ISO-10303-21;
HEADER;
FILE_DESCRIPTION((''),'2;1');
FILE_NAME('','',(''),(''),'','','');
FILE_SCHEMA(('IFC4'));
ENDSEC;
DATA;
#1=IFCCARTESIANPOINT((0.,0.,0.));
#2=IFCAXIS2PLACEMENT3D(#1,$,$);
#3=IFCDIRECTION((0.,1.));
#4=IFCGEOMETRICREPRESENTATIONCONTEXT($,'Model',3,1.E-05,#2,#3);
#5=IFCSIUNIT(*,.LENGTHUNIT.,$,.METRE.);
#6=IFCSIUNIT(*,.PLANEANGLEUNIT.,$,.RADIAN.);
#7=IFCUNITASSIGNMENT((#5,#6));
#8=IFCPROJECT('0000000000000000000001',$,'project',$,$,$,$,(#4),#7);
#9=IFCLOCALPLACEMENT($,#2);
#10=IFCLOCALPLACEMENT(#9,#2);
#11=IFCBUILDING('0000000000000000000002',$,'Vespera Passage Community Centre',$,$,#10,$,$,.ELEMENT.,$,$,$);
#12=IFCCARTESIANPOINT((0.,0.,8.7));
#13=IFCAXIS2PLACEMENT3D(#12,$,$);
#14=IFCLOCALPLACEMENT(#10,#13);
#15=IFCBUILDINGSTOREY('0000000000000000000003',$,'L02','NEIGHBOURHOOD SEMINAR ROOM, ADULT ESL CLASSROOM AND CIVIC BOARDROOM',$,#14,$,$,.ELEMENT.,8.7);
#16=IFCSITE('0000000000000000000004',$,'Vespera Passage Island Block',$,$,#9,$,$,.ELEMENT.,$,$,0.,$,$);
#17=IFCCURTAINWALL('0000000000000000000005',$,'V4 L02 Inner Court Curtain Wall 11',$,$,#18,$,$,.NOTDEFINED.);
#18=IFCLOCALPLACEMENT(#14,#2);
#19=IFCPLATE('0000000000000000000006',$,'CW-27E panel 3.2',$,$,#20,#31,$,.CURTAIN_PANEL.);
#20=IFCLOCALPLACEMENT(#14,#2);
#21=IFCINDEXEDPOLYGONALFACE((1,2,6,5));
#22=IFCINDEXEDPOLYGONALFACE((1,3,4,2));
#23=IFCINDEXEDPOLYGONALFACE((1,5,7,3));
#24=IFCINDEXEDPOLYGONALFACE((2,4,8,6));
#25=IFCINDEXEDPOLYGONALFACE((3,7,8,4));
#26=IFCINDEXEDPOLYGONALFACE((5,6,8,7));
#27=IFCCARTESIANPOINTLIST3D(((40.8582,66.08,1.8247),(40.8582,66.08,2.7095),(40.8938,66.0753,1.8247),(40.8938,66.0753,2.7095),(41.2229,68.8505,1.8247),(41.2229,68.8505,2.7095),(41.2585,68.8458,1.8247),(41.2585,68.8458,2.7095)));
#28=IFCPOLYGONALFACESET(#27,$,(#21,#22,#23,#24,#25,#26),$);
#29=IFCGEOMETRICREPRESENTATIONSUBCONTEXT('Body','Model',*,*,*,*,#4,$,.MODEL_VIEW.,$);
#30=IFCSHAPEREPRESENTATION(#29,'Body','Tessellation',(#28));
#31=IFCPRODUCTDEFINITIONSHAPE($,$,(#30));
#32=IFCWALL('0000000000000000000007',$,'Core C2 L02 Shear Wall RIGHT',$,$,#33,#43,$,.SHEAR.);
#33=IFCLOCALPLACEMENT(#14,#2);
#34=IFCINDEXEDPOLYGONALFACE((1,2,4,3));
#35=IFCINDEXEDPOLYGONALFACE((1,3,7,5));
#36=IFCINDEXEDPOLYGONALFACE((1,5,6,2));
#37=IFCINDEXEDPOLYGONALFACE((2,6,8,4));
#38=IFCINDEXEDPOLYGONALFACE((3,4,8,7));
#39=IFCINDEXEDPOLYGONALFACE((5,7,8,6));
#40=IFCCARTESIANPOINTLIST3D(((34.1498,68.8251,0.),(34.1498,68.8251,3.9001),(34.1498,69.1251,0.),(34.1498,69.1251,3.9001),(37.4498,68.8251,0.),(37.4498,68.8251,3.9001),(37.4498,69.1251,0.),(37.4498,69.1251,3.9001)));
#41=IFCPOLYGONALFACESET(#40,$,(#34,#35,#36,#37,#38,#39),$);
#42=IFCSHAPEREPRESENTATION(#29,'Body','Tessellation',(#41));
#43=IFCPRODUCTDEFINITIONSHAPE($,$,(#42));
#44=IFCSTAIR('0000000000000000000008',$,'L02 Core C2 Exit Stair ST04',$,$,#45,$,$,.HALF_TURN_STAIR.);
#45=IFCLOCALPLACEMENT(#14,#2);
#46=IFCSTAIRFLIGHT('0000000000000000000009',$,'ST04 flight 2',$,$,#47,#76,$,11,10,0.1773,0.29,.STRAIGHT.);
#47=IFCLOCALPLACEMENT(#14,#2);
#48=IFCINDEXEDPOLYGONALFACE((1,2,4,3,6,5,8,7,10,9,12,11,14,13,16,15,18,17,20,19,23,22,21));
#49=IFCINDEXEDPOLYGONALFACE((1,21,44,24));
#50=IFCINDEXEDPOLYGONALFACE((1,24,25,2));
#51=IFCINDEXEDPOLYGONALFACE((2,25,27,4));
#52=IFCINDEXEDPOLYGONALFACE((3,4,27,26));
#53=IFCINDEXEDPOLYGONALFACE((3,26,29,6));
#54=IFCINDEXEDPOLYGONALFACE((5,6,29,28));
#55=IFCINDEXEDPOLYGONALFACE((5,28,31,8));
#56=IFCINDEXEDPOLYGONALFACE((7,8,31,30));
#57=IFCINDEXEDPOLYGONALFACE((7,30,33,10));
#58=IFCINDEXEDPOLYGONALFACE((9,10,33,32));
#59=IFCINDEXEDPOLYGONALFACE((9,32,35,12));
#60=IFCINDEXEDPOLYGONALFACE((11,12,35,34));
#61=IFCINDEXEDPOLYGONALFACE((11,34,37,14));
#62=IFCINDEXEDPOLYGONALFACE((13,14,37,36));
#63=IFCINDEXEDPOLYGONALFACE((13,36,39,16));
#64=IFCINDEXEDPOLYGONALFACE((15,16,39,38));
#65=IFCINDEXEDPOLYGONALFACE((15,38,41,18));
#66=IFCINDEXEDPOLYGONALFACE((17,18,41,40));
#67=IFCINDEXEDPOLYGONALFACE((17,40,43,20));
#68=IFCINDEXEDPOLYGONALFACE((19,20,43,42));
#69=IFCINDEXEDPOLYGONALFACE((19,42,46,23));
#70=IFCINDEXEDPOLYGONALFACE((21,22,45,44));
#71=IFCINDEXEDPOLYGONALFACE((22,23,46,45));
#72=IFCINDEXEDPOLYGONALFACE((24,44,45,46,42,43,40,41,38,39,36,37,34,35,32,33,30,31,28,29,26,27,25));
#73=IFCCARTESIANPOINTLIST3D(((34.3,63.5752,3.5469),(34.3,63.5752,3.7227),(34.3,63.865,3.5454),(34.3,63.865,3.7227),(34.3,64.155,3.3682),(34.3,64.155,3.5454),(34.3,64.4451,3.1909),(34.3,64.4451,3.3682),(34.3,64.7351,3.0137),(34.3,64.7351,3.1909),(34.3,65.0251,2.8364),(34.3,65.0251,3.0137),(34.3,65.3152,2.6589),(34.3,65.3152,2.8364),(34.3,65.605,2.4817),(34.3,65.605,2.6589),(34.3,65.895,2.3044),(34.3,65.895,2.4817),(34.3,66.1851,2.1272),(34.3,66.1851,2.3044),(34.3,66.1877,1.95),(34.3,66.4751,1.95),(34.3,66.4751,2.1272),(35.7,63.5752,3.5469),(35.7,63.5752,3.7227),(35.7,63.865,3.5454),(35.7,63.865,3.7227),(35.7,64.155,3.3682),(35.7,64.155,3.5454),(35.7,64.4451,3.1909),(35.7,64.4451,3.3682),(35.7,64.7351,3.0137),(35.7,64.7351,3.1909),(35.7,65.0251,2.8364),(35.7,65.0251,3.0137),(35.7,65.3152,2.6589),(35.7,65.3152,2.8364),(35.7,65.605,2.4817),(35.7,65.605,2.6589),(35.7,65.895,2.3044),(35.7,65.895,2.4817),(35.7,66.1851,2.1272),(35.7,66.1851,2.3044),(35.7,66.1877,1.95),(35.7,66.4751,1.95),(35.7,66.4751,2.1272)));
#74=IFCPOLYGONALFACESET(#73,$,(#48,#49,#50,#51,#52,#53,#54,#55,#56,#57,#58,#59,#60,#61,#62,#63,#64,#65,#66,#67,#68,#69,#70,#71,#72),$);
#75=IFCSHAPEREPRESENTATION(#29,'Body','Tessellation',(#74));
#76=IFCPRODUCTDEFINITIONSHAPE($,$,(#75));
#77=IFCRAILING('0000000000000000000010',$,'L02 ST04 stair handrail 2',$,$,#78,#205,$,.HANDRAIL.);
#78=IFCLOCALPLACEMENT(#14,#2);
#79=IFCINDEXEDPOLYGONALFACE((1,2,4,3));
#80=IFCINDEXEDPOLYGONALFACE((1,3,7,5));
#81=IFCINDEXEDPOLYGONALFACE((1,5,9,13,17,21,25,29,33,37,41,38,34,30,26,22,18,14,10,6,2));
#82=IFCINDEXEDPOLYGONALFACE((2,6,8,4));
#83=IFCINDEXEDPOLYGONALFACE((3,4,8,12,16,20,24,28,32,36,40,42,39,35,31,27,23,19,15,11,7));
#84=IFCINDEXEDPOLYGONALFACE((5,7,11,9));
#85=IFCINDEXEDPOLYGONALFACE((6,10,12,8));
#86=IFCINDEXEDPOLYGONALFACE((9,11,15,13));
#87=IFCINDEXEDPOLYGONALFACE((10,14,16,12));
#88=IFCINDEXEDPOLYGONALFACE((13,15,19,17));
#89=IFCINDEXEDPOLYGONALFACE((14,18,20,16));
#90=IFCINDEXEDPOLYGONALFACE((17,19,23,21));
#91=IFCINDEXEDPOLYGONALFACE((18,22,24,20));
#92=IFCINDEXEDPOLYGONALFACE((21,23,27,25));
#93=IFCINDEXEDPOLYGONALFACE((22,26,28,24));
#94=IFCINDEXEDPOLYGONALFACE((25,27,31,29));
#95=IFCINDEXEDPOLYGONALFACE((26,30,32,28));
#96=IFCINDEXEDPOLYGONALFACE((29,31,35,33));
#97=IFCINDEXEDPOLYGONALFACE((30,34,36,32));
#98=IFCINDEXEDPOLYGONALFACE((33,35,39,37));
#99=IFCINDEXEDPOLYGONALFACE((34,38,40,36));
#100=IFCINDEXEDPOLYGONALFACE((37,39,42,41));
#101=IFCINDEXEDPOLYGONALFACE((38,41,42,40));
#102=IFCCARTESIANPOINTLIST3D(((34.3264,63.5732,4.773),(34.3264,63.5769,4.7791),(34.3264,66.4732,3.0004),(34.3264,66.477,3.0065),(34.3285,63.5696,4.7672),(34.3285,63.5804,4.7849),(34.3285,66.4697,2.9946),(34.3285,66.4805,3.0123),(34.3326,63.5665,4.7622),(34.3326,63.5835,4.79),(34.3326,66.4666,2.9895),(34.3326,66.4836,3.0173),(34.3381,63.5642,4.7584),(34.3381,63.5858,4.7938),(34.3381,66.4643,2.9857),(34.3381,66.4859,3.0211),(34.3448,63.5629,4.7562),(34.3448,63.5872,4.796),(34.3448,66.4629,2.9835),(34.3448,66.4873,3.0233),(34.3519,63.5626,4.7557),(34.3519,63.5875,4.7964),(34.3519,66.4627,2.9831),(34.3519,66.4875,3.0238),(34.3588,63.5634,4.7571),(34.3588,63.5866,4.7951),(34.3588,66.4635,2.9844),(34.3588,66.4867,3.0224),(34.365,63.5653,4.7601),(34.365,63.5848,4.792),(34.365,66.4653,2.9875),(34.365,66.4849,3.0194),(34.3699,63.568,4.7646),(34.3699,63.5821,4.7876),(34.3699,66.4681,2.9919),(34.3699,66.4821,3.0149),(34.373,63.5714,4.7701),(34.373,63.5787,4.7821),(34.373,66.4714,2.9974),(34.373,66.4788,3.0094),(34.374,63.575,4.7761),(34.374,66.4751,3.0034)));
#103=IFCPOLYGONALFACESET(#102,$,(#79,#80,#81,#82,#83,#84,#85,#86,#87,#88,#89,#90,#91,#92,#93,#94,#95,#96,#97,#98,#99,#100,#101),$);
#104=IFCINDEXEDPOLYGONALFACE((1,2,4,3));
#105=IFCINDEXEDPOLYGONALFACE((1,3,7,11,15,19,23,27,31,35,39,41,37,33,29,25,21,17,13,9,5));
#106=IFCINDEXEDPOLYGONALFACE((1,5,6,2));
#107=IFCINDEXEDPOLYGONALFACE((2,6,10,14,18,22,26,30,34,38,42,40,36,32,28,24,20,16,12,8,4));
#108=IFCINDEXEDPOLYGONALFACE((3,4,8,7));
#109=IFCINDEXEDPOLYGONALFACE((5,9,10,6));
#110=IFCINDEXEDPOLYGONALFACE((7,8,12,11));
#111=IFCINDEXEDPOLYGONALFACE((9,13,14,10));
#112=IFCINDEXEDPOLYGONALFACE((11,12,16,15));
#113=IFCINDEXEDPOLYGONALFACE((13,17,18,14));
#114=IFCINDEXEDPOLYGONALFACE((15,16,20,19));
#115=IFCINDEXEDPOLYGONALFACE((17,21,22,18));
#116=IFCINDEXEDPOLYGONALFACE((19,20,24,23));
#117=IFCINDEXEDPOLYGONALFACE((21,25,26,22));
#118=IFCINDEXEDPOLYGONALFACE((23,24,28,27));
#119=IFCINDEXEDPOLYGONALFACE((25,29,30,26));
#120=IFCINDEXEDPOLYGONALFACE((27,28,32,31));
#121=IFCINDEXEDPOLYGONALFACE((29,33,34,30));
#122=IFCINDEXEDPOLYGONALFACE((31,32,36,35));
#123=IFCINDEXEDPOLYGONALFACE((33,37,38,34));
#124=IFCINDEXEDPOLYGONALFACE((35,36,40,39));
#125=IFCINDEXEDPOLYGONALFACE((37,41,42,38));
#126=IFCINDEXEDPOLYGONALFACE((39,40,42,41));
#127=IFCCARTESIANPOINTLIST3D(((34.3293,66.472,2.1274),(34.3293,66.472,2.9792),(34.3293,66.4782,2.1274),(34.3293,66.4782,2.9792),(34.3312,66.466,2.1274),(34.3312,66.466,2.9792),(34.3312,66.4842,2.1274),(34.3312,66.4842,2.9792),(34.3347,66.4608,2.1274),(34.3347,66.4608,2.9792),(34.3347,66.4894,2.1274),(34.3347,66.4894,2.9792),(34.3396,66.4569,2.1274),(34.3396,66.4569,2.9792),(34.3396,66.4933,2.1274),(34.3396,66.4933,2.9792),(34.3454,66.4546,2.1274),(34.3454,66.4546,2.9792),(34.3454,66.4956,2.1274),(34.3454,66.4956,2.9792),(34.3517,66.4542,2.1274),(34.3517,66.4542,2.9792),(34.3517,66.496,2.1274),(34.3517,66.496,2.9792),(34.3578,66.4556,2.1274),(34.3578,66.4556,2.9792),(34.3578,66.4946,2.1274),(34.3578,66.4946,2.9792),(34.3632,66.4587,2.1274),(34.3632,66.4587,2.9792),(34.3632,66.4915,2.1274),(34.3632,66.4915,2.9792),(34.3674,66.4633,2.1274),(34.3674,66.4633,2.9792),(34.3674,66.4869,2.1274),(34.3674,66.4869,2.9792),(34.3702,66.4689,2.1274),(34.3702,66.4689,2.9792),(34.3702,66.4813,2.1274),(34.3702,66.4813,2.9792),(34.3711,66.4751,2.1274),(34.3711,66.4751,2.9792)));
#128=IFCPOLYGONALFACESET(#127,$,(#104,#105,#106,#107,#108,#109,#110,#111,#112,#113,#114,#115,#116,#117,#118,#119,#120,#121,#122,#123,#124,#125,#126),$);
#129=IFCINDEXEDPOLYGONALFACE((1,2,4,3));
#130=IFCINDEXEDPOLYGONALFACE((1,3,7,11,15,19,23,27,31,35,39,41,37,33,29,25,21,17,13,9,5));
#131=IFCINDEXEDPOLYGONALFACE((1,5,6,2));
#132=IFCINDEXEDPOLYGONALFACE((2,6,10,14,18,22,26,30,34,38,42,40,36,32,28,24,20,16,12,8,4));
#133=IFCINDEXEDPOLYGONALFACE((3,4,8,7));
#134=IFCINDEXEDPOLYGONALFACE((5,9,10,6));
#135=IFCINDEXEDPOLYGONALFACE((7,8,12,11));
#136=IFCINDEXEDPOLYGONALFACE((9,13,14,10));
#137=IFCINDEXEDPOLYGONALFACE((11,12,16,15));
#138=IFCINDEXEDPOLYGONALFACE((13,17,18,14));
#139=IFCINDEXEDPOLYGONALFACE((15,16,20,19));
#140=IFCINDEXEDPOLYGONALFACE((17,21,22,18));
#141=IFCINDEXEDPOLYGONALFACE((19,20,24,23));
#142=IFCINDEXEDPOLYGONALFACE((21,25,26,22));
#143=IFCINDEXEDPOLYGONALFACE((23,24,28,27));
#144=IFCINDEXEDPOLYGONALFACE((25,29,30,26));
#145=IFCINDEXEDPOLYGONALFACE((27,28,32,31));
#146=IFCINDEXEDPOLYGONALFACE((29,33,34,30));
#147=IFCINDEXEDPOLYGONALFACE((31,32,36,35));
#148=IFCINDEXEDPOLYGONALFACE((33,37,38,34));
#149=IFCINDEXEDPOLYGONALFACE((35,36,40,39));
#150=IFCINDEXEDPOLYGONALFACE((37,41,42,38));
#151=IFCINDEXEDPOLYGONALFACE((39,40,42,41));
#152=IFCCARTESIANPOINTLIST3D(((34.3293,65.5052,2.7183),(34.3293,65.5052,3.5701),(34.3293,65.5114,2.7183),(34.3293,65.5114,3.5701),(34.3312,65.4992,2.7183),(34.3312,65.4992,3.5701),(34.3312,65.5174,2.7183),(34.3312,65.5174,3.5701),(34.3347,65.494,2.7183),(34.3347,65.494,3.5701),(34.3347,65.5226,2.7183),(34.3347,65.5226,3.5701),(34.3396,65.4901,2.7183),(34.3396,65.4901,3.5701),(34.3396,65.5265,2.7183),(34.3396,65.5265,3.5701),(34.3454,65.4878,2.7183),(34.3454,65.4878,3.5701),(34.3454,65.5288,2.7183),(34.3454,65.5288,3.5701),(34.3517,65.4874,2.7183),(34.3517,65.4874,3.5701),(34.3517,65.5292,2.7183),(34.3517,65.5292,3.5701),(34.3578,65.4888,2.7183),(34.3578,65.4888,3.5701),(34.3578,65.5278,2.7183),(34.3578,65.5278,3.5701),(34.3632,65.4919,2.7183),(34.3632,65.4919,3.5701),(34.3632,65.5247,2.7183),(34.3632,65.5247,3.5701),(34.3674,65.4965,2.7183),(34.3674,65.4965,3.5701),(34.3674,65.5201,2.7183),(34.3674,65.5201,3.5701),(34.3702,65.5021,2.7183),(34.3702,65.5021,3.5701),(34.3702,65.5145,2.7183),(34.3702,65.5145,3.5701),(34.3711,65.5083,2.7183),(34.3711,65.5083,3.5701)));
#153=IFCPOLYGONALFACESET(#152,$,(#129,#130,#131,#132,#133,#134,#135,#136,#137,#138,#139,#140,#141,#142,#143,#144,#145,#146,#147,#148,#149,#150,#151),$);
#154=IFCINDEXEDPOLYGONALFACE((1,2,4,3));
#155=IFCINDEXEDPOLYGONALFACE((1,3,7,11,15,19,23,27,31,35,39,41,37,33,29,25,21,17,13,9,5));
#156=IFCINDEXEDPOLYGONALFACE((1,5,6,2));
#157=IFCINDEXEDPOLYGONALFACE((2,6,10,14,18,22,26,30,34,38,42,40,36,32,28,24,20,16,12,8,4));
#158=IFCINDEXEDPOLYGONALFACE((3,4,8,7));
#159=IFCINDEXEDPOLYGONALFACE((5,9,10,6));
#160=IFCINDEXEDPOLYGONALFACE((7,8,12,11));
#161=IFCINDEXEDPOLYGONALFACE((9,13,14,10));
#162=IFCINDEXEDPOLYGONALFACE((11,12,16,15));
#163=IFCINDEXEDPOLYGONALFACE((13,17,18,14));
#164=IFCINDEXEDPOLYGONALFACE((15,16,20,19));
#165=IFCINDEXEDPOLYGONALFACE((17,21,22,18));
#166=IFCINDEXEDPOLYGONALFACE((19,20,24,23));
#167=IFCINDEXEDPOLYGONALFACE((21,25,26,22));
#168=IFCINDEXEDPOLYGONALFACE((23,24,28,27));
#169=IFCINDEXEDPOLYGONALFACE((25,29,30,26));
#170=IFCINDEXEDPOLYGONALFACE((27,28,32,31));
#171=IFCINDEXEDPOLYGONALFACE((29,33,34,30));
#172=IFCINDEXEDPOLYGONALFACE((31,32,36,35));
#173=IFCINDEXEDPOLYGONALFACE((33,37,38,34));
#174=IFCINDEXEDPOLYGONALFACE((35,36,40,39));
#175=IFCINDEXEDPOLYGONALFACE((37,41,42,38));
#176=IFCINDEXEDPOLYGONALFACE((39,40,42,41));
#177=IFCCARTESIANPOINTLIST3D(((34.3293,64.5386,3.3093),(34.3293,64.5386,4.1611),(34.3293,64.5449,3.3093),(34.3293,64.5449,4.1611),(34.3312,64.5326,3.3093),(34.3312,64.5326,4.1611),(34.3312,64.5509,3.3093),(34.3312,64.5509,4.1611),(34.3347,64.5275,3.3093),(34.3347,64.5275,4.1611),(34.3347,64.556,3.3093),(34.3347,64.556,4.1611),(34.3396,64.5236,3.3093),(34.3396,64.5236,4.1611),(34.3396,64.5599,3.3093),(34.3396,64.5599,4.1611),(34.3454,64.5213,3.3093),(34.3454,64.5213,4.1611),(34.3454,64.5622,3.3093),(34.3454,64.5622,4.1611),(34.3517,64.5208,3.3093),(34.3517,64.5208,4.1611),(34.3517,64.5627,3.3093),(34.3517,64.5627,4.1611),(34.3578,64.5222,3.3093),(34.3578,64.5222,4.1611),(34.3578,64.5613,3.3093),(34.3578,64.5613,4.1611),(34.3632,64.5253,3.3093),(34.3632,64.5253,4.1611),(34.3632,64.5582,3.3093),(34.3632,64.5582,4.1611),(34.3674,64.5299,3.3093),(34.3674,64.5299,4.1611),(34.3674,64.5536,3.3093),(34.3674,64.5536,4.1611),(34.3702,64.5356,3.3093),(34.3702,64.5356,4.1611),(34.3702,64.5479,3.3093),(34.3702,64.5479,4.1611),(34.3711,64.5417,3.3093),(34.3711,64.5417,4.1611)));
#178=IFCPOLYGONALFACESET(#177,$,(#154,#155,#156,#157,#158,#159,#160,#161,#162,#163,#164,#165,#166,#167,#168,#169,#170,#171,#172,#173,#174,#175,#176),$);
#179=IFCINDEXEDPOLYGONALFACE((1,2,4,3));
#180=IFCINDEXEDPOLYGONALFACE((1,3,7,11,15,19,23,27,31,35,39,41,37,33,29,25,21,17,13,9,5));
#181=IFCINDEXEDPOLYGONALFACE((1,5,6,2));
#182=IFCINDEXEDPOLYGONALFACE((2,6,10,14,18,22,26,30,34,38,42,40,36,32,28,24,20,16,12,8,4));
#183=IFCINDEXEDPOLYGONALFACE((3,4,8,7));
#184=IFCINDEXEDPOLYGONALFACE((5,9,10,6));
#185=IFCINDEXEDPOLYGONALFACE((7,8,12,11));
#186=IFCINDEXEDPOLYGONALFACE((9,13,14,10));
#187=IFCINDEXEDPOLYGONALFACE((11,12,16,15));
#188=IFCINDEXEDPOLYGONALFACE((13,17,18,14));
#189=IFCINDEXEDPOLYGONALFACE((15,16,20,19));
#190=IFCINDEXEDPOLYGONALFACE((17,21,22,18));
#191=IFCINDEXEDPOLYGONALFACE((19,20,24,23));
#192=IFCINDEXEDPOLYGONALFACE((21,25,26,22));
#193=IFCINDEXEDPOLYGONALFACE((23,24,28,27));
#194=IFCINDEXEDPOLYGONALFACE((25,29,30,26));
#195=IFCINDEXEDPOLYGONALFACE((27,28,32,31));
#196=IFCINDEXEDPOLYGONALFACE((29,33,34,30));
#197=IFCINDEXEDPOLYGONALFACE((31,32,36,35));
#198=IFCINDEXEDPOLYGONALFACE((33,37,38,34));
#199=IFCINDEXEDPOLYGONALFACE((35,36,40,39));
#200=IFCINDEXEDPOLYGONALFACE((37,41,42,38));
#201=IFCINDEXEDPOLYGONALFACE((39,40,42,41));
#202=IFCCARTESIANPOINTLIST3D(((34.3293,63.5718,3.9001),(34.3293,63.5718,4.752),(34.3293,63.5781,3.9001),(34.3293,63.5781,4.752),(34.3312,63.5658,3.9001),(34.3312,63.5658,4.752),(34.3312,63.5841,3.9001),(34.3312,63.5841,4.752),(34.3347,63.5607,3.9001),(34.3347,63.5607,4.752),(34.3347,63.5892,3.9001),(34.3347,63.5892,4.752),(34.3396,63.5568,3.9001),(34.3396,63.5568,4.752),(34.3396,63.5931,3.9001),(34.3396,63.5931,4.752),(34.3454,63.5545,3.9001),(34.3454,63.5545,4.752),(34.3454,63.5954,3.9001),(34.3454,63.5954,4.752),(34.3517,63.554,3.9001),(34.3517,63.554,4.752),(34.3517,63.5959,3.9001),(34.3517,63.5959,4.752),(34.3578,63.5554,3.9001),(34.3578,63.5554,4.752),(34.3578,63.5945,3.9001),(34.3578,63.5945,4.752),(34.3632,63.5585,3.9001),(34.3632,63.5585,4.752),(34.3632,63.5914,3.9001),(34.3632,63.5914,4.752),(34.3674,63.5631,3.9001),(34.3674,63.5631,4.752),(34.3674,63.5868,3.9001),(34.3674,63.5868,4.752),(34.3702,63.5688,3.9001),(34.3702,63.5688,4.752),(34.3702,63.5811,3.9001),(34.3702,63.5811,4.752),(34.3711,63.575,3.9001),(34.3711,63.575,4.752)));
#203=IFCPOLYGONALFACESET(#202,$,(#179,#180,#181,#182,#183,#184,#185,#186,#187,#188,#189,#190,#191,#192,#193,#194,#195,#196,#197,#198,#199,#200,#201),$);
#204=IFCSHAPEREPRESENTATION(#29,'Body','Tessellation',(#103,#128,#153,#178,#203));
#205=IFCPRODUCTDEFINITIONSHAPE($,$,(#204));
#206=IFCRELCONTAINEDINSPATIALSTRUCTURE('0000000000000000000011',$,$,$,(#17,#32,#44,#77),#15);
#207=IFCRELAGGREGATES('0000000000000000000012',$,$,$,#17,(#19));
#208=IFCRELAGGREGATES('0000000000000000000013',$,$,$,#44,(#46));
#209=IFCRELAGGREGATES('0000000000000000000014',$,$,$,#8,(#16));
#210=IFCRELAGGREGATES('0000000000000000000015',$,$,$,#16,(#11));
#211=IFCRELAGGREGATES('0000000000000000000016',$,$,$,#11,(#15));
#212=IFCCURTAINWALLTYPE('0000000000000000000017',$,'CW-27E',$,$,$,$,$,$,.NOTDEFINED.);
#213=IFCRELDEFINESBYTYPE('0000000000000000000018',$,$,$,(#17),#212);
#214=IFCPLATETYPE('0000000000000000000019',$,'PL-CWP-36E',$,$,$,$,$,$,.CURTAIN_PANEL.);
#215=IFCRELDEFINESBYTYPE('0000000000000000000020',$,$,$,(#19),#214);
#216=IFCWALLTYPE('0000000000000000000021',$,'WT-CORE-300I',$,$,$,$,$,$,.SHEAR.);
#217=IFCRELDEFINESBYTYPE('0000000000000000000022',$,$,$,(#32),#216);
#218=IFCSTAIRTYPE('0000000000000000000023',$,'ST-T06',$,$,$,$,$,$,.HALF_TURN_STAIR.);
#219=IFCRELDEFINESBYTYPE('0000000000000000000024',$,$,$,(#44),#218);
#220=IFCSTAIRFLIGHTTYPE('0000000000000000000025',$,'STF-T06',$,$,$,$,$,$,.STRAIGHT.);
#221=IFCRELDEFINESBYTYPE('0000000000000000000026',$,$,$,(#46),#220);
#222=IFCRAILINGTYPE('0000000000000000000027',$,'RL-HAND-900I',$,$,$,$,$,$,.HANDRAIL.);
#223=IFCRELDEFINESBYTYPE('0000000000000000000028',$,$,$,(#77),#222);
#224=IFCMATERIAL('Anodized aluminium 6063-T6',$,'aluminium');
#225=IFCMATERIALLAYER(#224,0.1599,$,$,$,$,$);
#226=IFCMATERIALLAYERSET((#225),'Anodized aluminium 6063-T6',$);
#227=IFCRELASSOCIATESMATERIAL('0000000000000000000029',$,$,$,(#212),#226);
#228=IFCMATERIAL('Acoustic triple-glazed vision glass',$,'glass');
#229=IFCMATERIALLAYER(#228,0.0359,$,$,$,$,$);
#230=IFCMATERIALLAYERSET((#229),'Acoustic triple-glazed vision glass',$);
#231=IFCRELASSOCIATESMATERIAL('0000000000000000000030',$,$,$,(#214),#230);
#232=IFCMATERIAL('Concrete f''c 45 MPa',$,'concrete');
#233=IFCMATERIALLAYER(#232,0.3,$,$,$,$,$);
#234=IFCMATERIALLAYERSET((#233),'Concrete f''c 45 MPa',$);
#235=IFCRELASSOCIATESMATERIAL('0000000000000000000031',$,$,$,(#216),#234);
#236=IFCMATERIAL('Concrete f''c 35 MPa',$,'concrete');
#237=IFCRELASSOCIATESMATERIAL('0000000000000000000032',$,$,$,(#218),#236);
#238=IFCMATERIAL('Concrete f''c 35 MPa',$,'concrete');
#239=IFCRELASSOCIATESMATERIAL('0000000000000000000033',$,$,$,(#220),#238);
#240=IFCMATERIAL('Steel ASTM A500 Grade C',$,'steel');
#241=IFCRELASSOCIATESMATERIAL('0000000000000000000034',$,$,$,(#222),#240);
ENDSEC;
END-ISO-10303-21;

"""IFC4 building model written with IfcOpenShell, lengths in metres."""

from ifc_helpers import new_model, si_unit, direction, frame, frame_2d, origin, origin_2d, place, context, subcontext, project, spatial, polyline, rectangle, circle, outline, extrude, material, layer, layer_set, type_object, element, aggregate, save


model = new_model("IFC4")

# Units and contexts
model_context = context("Model", 3, precision=1e-05, world=origin(), true_north=direction((0.0, 1.0)))
body_context = subcontext(model_context, "Body", "Model", "MODEL_VIEW")
ifc_project = project(units=[si_unit("LENGTHUNIT", "METRE"), si_unit("PLANEANGLEUNIT", "RADIAN")], contexts=[model_context])

# Site, building, storey
site_placement = place(None, origin())
site = spatial("IfcSite", under=ifc_project, at=site_placement, Name="Vespera Passage Island Block", CompositionType="ELEMENT", RefElevation=0.0)
building_placement = place(site_placement, origin())
building = spatial("IfcBuilding", under=site, at=building_placement, Name="Vespera Passage Community Centre", CompositionType="ELEMENT")
storey_placement = place(building_placement, frame((0.0, 0.0, 8.7)))
storey = spatial("IfcBuildingStorey", under=building, at=storey_placement, Name="L02", Description="NEIGHBOURHOOD SEMINAR ROOM, ADULT ESL CLASSROOM AND CIVIC BOARDROOM", CompositionType="ELEMENT", Elevation=8.7)

# Curtain wall
ifc_material_1 = material(Name="Anodized aluminium 6063-T6", Category="aluminium")
ifc_layer_1 = layer(ifc_material_1, 0.1599)
ifc_layer_set_1 = layer_set([ifc_layer_1], Name="Anodized aluminium 6063-T6")
curtain_wall_type_1 = type_object("IfcCurtainWallType", Name="CW-27E", PredefinedType="NOTDEFINED", material=ifc_layer_set_1)
curtain_wall_1_placement = place(storey_placement, origin())
curtain_wall_1 = element("IfcCurtainWall", 1, at=curtain_wall_1_placement, inside=storey, type_object=curtain_wall_type_1, Name="V4 L02 Inner Court Curtain Wall 11", PredefinedType="NOTDEFINED")

# Plate
ifc_material_2 = material(Name="Acoustic triple-glazed vision glass", Category="glass")
ifc_layer_2 = layer(ifc_material_2, 0.0359)
ifc_layer_set_2 = layer_set([ifc_layer_2], Name="Acoustic triple-glazed vision glass")
plate_type = type_object("IfcPlateType", Name="PL-CWP-36E", PredefinedType="CURTAIN_PANEL", material=ifc_layer_set_2)
plate_1_placement = place(storey_placement, frame((41.0583, 67.4629, 1.8247), z_axis=(0.0, 0.0, 1.0), x_axis=(-0.130522, -0.991445, 0.0)))
plate_1 = element("IfcPlate", 2, at=plate_1_placement, type_object=plate_type, Name="CW-27E panel 3.2", PredefinedType="CURTAIN_PANEL", context=body_context, shape_type="SweptSolid", body=[
    extrude(rectangle(XDim=2.7944, YDim=0.0359, at=origin_2d()), origin(), (0.0, 0.0, 1.0), 0.8848),
])
aggregate(curtain_wall_1, [plate_1])

# Shared definitions
ifc_material_3 = material(Name="Concrete f'c 45 MPa", Category="concrete")
ifc_layer_3 = layer(ifc_material_3, 0.3)
ifc_layer_set_3 = layer_set([ifc_layer_3], Name="Concrete f'c 45 MPa")
wall_type = type_object("IfcWallType", Name="WT-CORE-300I", PredefinedType="SHEAR", material=ifc_layer_set_3)

# Wall
wall_1_placement = place(storey_placement, frame((34.1499, 68.9751, 0.0), z_axis=(0.0, 0.0, 1.0), x_axis=(1.0, 0.0, 0.0)))
element("IfcWall", 3, at=wall_1_placement, inside=storey, type_object=wall_type, Name="Core C2 L02 Shear Wall RIGHT", PredefinedType="SHEAR", context=body_context, shape_type="SweptSolid", body=[
    extrude(rectangle(XDim=3.3, YDim=0.3, at=frame_2d((1.6499, 0.0))), origin(), (0.0, 0.0, 1.0), 3.9001),
])

# Stair, stair flight
ifc_material_4 = material(Name="Concrete f'c 35 MPa", Category="concrete")
stair_type = type_object("IfcStairType", Name="ST-T06", PredefinedType="HALF_TURN_STAIR", material=ifc_material_4)
stair_placement = place(storey_placement, origin())
stair = element("IfcStair", 4, at=stair_placement, inside=storey, type_object=stair_type, Name="L02 Core C2 Exit Stair ST04", PredefinedType="HALF_TURN_STAIR")
ifc_material_5 = material(Name="Concrete f'c 35 MPa", Category="concrete")
stair_flight_type = type_object("IfcStairFlightType", Name="STF-T06", PredefinedType="STRAIGHT", material=ifc_material_5)
stair_flight_placement = place(storey_placement, frame((35.0, 66.4751, 1.95), z_axis=(0.0, 0.0, 1.0), x_axis=(0.0, -1.0, 0.0)))
stair_flight = element("IfcStairFlight", 5, at=stair_flight_placement, type_object=stair_flight_type, Name="ST04 flight 2", NumberOfRisers=11, NumberOfTreads=10, PredefinedType="STRAIGHT", RiserHeight=0.1773, TreadLength=0.29, context=body_context, shape_type="SweptSolid", body=[
    extrude(outline(polyline([(0.0, 0.0), (0.0, 0.1772), (0.29, 0.1772), (0.29, 0.3545), (0.5801, 0.3545), (0.5801, 0.5317), (0.8701, 0.5317), (0.8701, 0.709), (1.1599, 0.709), (1.1599, 0.8865), (1.45, 0.8865), (1.45, 1.0637), (1.74, 1.0637), (1.74, 1.241), (2.03, 1.241), (2.03, 1.4182), (2.3201, 1.4182), (2.3201, 1.5955), (2.6101, 1.5955), (2.6101, 1.7727), (2.8999, 1.7727), (2.8999, 1.95), (2.8999, 1.5969), (0.2874, 0.0), (0.0, 0.0)])), frame((0.0, 0.7, 0.0), z_axis=(0.0, -1.0, 0.0), x_axis=(1.0, 0.0, 0.0)), (0.0, 0.0, 1.0), 1.3999),
])
aggregate(stair, [stair_flight])

# Railing
ifc_material_6 = material(Name="Steel ASTM A500 Grade C", Category="steel")
railing_type_1 = type_object("IfcRailingType", Name="RL-HAND-900I", PredefinedType="HANDRAIL", material=ifc_material_6)
railing_1_placement = place(storey_placement, frame((34.3501, 66.4751, 2.1274)))
element("IfcRailing", 6, at=railing_1_placement, inside=storey, type_object=railing_type_1, Name="L02 ST04 stair handrail 2", PredefinedType="HANDRAIL", context=body_context, shape_type="SweptSolid", body=[
    extrude(circle(Radius=0.0239, at=origin_2d()), frame((0.0, 0.0, 0.876), z_axis=(0.0, -0.85323, 0.521534), x_axis=(1.0, 0.0, 0.0)), (0.0, 0.0, 1.0), 3.3989),
    extrude(circle(Radius=0.021, at=origin_2d()), origin(), (0.0, 0.0, 1.0), 0.8518),
    extrude(circle(Radius=0.021, at=origin_2d()), frame((0.0, -0.9668, 0.5908)), (0.0, 0.0, 1.0), 0.8518),
    extrude(circle(Radius=0.021, at=origin_2d()), frame((0.0, -1.9333, 1.1819)), (0.0, 0.0, 1.0), 0.8518),
    extrude(circle(Radius=0.021, at=origin_2d()), frame((0.0, -2.9001, 1.7727)), (0.0, 0.0, 1.0), 0.8518),
])

save(model, "model.ifc")
